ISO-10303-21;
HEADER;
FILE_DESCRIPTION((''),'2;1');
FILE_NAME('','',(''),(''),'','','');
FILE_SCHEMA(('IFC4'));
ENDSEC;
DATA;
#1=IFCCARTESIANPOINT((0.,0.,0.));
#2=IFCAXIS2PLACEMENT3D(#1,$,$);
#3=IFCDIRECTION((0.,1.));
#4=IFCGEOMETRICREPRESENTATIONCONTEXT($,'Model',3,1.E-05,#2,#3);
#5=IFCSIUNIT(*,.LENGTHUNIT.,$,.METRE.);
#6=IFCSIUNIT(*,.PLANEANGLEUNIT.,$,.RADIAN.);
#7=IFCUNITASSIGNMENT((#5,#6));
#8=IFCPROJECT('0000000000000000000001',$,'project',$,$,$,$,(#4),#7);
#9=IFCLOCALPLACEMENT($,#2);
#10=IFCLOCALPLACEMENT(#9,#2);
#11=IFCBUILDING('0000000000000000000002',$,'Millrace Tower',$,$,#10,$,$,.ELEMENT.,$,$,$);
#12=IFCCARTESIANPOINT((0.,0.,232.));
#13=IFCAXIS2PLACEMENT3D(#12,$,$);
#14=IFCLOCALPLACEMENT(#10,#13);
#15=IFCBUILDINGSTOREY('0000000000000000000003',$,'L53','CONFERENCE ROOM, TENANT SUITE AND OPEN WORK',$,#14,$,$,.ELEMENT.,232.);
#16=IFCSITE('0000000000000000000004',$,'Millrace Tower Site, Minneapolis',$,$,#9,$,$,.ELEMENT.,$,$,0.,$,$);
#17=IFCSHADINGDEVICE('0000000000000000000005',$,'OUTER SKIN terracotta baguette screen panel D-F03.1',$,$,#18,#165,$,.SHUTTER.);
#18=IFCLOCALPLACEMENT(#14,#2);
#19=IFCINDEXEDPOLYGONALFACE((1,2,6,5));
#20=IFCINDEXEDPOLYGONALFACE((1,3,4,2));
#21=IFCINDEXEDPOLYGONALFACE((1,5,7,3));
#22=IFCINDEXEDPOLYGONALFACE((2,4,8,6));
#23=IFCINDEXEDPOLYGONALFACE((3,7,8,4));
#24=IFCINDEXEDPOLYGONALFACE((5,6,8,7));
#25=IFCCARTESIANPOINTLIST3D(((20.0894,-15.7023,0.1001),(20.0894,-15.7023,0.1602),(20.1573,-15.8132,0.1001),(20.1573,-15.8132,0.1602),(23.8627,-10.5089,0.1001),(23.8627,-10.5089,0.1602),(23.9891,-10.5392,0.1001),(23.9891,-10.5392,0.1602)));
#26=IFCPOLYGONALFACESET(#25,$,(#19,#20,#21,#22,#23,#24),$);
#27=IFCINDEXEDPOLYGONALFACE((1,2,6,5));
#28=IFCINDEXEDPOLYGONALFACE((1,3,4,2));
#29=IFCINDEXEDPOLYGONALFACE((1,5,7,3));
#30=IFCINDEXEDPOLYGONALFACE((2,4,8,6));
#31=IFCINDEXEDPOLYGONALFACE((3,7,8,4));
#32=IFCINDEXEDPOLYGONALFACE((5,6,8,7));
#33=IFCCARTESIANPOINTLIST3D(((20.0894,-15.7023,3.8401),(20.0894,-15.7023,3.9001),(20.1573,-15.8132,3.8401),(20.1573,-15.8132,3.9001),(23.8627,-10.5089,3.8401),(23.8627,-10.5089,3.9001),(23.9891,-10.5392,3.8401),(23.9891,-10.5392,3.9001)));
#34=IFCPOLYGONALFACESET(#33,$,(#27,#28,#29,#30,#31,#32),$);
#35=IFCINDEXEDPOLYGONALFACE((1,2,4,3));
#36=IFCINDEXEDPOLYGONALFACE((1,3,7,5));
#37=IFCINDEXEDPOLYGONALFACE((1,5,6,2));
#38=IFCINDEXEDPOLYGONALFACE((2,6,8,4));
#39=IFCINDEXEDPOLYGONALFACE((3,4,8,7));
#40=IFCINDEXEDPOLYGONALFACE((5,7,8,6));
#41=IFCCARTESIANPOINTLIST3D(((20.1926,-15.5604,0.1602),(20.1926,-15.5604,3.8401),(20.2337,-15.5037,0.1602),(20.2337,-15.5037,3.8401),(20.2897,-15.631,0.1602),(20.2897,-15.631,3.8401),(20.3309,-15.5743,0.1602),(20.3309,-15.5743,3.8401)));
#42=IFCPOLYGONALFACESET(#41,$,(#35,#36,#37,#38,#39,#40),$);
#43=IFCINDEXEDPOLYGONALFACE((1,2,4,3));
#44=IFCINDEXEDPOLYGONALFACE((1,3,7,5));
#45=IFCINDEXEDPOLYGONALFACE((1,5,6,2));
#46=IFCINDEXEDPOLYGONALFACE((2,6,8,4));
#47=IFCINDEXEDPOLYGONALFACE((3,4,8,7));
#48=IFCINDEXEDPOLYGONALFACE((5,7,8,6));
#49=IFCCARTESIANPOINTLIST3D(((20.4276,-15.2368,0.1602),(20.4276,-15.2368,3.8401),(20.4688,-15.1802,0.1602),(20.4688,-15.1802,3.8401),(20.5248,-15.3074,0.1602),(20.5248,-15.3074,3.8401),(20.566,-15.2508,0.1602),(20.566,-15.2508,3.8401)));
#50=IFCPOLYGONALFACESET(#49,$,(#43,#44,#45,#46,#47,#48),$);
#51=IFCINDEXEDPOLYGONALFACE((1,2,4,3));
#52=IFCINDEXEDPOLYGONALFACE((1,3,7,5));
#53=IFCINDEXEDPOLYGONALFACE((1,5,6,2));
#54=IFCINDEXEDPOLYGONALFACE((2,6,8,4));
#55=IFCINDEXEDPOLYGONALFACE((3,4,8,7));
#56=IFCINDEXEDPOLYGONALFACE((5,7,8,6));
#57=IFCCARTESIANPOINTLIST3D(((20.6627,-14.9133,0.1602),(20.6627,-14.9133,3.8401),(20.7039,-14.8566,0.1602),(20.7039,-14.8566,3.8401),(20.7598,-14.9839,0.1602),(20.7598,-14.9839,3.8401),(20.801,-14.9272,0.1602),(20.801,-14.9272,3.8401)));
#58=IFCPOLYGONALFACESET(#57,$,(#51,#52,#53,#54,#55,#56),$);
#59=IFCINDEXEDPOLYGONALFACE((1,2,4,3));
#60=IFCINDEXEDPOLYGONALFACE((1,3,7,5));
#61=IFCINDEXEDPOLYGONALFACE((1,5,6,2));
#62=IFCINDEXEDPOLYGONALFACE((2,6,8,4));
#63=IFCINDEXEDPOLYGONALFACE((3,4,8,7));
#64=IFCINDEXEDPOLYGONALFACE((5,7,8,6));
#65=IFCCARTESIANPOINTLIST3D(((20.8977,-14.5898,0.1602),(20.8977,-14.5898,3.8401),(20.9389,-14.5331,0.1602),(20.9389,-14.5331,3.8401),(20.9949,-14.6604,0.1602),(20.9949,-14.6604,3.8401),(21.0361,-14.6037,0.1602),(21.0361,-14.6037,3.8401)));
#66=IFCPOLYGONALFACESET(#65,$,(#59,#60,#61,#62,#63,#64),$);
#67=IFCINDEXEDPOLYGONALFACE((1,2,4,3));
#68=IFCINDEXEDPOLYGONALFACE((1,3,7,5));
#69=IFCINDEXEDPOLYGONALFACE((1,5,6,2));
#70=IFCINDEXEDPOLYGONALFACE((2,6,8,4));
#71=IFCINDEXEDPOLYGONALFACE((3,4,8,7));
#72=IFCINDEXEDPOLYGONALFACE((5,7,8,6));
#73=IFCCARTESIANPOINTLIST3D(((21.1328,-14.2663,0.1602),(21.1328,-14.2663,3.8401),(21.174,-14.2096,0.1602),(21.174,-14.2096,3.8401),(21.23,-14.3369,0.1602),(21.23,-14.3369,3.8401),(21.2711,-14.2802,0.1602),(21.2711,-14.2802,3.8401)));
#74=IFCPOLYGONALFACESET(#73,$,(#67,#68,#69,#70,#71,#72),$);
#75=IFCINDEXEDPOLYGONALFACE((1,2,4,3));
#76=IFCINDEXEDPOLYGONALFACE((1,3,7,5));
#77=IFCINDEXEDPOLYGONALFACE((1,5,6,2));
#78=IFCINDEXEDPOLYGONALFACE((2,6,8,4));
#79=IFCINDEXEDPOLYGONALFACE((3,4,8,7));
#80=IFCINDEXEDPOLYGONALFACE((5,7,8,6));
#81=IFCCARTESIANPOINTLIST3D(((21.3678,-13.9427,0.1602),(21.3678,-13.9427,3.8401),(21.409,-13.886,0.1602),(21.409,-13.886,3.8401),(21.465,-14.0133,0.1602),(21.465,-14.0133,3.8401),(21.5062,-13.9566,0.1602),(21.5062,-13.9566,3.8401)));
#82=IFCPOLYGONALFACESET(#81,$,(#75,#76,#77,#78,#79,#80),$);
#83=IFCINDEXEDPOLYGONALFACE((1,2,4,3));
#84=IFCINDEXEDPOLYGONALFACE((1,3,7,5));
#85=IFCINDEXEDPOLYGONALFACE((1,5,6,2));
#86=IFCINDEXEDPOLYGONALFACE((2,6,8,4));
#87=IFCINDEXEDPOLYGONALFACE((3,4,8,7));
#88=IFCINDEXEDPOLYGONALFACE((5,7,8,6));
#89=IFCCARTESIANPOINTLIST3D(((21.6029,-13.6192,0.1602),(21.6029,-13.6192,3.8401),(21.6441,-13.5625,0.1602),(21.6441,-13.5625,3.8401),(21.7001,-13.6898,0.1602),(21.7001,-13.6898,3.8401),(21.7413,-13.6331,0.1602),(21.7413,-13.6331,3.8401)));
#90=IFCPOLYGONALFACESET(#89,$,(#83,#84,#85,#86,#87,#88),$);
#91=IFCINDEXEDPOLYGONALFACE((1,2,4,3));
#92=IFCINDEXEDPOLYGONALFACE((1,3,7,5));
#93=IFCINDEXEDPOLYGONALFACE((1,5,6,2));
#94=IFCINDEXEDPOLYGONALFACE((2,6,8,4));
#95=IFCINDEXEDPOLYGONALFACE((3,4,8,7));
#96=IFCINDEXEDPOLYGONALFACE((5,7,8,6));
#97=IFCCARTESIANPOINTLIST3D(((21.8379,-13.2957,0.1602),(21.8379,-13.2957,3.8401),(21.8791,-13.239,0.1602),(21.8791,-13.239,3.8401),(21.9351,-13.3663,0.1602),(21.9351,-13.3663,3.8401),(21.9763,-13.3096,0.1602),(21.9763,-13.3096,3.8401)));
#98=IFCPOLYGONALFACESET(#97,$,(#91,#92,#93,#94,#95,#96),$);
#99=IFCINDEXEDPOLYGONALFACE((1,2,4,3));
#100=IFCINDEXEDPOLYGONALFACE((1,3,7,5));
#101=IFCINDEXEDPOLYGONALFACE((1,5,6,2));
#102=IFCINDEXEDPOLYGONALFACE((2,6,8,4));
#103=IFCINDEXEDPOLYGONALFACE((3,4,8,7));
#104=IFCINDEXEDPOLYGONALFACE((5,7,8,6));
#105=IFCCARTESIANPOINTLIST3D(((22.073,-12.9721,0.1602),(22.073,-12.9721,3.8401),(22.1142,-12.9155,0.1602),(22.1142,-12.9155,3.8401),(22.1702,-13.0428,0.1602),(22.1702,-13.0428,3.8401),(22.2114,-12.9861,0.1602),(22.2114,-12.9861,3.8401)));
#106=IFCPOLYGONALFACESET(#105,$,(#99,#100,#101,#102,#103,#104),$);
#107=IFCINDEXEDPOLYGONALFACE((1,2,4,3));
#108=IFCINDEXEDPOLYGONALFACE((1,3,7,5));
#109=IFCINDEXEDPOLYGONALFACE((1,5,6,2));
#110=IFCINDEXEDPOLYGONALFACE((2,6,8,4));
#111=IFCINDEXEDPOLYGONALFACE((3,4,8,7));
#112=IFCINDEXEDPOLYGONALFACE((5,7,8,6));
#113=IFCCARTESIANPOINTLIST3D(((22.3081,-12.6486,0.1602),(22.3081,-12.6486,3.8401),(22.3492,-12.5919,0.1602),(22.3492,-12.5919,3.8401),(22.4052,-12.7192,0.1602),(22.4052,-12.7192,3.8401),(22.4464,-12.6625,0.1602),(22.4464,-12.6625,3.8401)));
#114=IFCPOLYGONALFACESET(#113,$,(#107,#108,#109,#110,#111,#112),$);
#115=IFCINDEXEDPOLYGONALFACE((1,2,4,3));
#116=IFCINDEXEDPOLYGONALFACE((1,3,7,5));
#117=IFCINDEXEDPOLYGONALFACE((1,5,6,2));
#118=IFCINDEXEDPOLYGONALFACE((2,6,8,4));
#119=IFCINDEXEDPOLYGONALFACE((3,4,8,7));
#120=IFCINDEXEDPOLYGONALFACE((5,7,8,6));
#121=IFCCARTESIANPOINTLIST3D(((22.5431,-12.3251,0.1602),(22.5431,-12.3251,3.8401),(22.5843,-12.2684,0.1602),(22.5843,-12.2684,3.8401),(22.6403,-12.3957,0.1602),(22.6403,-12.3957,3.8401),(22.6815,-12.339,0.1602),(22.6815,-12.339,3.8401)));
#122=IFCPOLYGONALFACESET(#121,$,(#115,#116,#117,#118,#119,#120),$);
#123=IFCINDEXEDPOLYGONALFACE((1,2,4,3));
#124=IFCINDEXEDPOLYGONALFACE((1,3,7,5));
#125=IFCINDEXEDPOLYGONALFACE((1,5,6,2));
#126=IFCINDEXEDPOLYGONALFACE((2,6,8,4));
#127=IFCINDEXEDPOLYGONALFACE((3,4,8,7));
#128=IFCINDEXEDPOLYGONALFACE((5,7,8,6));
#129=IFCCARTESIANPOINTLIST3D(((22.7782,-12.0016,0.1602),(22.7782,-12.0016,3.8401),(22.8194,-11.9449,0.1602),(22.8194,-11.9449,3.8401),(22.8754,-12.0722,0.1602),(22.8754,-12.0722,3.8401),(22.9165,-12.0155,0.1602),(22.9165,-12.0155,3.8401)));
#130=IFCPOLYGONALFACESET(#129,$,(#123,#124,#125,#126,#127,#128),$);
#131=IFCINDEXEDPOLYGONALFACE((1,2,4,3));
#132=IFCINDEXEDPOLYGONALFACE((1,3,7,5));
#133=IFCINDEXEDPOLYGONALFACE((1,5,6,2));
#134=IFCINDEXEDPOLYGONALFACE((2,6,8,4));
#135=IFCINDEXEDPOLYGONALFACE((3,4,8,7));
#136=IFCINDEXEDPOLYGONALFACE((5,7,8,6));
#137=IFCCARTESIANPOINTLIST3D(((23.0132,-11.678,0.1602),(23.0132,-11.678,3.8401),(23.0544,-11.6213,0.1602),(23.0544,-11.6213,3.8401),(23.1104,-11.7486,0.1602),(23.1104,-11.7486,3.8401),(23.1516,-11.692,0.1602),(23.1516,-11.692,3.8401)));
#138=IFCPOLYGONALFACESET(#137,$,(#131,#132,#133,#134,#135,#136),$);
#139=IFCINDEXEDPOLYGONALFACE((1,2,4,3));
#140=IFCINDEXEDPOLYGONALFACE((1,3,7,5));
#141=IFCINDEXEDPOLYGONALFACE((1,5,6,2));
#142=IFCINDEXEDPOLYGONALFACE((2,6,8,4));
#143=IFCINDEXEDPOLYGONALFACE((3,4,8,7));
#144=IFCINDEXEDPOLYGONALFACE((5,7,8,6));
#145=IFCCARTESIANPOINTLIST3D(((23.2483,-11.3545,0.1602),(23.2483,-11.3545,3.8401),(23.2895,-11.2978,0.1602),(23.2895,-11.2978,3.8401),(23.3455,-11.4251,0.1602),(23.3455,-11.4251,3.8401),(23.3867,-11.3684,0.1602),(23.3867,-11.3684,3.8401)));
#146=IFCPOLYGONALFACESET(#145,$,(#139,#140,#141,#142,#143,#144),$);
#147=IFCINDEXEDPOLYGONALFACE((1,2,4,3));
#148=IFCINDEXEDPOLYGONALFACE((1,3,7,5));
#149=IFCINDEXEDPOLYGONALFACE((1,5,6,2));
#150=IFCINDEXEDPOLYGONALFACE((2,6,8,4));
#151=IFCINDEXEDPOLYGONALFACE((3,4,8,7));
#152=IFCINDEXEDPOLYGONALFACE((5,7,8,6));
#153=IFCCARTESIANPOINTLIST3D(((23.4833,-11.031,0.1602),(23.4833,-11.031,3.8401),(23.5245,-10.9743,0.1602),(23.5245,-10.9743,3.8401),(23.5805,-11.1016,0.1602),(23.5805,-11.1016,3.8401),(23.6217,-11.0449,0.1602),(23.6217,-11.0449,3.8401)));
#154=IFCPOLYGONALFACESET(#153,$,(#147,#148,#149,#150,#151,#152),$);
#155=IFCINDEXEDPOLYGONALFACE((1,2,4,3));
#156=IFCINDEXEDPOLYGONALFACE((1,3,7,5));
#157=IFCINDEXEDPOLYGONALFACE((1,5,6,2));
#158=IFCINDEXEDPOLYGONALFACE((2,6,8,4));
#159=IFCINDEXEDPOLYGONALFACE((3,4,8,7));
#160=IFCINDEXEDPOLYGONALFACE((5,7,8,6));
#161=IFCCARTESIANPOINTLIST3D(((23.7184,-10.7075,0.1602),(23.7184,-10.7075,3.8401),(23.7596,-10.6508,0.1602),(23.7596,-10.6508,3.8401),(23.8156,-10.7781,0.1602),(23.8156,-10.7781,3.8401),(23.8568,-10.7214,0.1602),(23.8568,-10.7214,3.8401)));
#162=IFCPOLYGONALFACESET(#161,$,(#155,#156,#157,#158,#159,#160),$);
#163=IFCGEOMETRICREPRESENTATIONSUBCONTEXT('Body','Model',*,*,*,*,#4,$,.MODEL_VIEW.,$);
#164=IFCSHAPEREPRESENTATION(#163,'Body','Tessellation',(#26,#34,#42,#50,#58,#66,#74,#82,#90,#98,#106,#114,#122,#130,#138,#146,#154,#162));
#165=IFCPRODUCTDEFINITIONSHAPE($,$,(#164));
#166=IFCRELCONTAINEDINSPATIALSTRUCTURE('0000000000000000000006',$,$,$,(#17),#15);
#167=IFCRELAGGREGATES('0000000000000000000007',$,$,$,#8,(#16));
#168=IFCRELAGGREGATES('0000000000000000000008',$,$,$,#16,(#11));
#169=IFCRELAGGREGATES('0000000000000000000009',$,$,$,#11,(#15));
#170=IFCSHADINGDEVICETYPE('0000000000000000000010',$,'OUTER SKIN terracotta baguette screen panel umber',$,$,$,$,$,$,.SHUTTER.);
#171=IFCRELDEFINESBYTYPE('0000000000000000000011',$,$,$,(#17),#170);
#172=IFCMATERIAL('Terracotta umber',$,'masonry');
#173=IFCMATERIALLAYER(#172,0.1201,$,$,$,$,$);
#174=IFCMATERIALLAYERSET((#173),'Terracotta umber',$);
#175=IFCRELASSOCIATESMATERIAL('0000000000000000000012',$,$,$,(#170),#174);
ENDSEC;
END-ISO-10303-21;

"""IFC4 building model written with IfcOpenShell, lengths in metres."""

from ifc_helpers import new_model, entity, si_unit, direction, frame, frame_2d, origin, place, context, subcontext, project, spatial, rectangle, extrude, source, transform, mapped, material, layer, layer_set, type_object, element, save


model = new_model("IFC4")

# Units and contexts
model_context = context("Model", 3, precision=1e-05, world=origin(), true_north=direction((0.0, 1.0)))
body_context = subcontext(model_context, "Body", "Model", "MODEL_VIEW")
ifc_project = project(units=[si_unit("LENGTHUNIT", "METRE"), si_unit("PLANEANGLEUNIT", "RADIAN")], contexts=[model_context])

# Site, building, storey
site_placement = place(None, origin())
site = spatial("IfcSite", under=ifc_project, at=site_placement, Name="Millrace Tower Site, Minneapolis", CompositionType="ELEMENT", RefElevation=0.0)
building_placement = place(site_placement, origin())
building = spatial("IfcBuilding", under=site, at=building_placement, Name="Millrace Tower", CompositionType="ELEMENT")
storey_placement = place(building_placement, frame((0.0, 0.0, 232.0)))
storey = spatial("IfcBuildingStorey", under=building, at=storey_placement, Name="L53", Description="CONFERENCE ROOM, TENANT SUITE AND OPEN WORK", CompositionType="ELEMENT", Elevation=232.0)

# Shading device
ifc_material_1 = material(Name="Terracotta umber", Category="masonry")
ifc_layer_1 = layer(ifc_material_1, 0.1201)
ifc_layer_set_1 = layer_set([ifc_layer_1], Name="Terracotta umber")
shading_device_type = type_object("IfcShadingDeviceType", Name="OUTER SKIN terracotta baguette screen panel umber", PredefinedType="SHUTTER", material=ifc_layer_set_1)
cartesian_point_1 = entity("IfcCartesianPoint", [-3.2097, 0.0601])
shared_polyline_1 = entity("IfcPolyline", [cartesian_point_1, entity("IfcCartesianPoint", [3.2097, 0.0601]), entity("IfcCartesianPoint", [3.2595, -0.0601]), entity("IfcCartesianPoint", [-3.2595, -0.0601]), cartesian_point_1])
shared_shape_1 = source(origin(), body_context, "Body", "SweptSolid", [
    entity("IfcExtrudedAreaSolid", entity("IfcArbitraryClosedProfileDef", "AREA", None, shared_polyline_1), entity("IfcAxis2Placement3D", entity("IfcCartesianPoint", [0.0, 0.0, 0.0])), entity("IfcDirection", [0.0, 0.0, 1.0]), 0.0601),
    entity("IfcExtrudedAreaSolid", entity("IfcArbitraryClosedProfileDef", "AREA", None, shared_polyline_1), entity("IfcAxis2Placement3D", entity("IfcCartesianPoint", [0.0, 0.0, 3.74])), entity("IfcDirection", [0.0, 0.0, 1.0]), 0.0601),
    extrude(rectangle(XDim=0.0701, YDim=0.1201, at=frame_2d((-2.9993, 0.0))), frame((0.0, 0.0, 0.0601)), (0.0, 0.0, 1.0), 3.6799),
    extrude(rectangle(XDim=0.0701, YDim=0.1201, at=frame_2d((-2.5994, 0.0))), frame((0.0, 0.0, 0.0601)), (0.0, 0.0, 1.0), 3.6799),
    extrude(rectangle(XDim=0.0701, YDim=0.1201, at=frame_2d((-2.1995, 0.0))), frame((0.0, 0.0, 0.0601)), (0.0, 0.0, 1.0), 3.6799),
    extrude(rectangle(XDim=0.0701, YDim=0.1201, at=frame_2d((-1.7996, 0.0))), frame((0.0, 0.0, 0.0601)), (0.0, 0.0, 1.0), 3.6799),
    extrude(rectangle(XDim=0.0701, YDim=0.1201, at=frame_2d((-1.3997, 0.0))), frame((0.0, 0.0, 0.0601)), (0.0, 0.0, 1.0), 3.6799),
    extrude(rectangle(XDim=0.0701, YDim=0.1201, at=frame_2d((-0.9998, 0.0))), frame((0.0, 0.0, 0.0601)), (0.0, 0.0, 1.0), 3.6799),
    extrude(rectangle(XDim=0.0701, YDim=0.1201, at=frame_2d((-0.5999, 0.0))), frame((0.0, 0.0, 0.0601)), (0.0, 0.0, 1.0), 3.6799),
    extrude(rectangle(XDim=0.0701, YDim=0.1201, at=frame_2d((-0.2, 0.0))), frame((0.0, 0.0, 0.0601)), (0.0, 0.0, 1.0), 3.6799),
    extrude(rectangle(XDim=0.0701, YDim=0.1201, at=frame_2d((0.2, 0.0))), frame((0.0, 0.0, 0.0601)), (0.0, 0.0, 1.0), 3.6799),
    extrude(rectangle(XDim=0.0701, YDim=0.1201, at=frame_2d((0.5999, 0.0))), frame((0.0, 0.0, 0.0601)), (0.0, 0.0, 1.0), 3.6799),
    extrude(rectangle(XDim=0.0701, YDim=0.1201, at=frame_2d((0.9998, 0.0))), frame((0.0, 0.0, 0.0601)), (0.0, 0.0, 1.0), 3.6799),
    extrude(rectangle(XDim=0.0701, YDim=0.1201, at=frame_2d((1.3997, 0.0))), frame((0.0, 0.0, 0.0601)), (0.0, 0.0, 1.0), 3.6799),
    extrude(rectangle(XDim=0.0701, YDim=0.1201, at=frame_2d((1.7996, 0.0))), frame((0.0, 0.0, 0.0601)), (0.0, 0.0, 1.0), 3.6799),
    extrude(rectangle(XDim=0.0701, YDim=0.1201, at=frame_2d((2.1995, 0.0))), frame((0.0, 0.0, 0.0601)), (0.0, 0.0, 1.0), 3.6799),
    extrude(rectangle(XDim=0.0701, YDim=0.1201, at=frame_2d((2.5994, 0.0))), frame((0.0, 0.0, 0.0601)), (0.0, 0.0, 1.0), 3.6799),
    extrude(rectangle(XDim=0.0701, YDim=0.1201, at=frame_2d((2.9993, 0.0))), frame((0.0, 0.0, 0.0601)), (0.0, 0.0, 1.0), 3.6799),
])
shading_device_1_placement = place(storey_placement, frame((22.0247, -13.1409, 0.1001), z_axis=(0.0, 0.0, 1.0), x_axis=(0.587785, 0.809017, 0.0)))
element("IfcShadingDevice", 1, at=shading_device_1_placement, inside=storey, type_object=shading_device_type, Name="OUTER SKIN terracotta baguette screen panel D-F03.1", PredefinedType="SHUTTER", context=body_context, shape_type="MappedRepresentation", body=[
    mapped(shared_shape_1, transform((0.0, 0.0, 0.0), scale=1.0)),
])

save(model, "model.ifc")
